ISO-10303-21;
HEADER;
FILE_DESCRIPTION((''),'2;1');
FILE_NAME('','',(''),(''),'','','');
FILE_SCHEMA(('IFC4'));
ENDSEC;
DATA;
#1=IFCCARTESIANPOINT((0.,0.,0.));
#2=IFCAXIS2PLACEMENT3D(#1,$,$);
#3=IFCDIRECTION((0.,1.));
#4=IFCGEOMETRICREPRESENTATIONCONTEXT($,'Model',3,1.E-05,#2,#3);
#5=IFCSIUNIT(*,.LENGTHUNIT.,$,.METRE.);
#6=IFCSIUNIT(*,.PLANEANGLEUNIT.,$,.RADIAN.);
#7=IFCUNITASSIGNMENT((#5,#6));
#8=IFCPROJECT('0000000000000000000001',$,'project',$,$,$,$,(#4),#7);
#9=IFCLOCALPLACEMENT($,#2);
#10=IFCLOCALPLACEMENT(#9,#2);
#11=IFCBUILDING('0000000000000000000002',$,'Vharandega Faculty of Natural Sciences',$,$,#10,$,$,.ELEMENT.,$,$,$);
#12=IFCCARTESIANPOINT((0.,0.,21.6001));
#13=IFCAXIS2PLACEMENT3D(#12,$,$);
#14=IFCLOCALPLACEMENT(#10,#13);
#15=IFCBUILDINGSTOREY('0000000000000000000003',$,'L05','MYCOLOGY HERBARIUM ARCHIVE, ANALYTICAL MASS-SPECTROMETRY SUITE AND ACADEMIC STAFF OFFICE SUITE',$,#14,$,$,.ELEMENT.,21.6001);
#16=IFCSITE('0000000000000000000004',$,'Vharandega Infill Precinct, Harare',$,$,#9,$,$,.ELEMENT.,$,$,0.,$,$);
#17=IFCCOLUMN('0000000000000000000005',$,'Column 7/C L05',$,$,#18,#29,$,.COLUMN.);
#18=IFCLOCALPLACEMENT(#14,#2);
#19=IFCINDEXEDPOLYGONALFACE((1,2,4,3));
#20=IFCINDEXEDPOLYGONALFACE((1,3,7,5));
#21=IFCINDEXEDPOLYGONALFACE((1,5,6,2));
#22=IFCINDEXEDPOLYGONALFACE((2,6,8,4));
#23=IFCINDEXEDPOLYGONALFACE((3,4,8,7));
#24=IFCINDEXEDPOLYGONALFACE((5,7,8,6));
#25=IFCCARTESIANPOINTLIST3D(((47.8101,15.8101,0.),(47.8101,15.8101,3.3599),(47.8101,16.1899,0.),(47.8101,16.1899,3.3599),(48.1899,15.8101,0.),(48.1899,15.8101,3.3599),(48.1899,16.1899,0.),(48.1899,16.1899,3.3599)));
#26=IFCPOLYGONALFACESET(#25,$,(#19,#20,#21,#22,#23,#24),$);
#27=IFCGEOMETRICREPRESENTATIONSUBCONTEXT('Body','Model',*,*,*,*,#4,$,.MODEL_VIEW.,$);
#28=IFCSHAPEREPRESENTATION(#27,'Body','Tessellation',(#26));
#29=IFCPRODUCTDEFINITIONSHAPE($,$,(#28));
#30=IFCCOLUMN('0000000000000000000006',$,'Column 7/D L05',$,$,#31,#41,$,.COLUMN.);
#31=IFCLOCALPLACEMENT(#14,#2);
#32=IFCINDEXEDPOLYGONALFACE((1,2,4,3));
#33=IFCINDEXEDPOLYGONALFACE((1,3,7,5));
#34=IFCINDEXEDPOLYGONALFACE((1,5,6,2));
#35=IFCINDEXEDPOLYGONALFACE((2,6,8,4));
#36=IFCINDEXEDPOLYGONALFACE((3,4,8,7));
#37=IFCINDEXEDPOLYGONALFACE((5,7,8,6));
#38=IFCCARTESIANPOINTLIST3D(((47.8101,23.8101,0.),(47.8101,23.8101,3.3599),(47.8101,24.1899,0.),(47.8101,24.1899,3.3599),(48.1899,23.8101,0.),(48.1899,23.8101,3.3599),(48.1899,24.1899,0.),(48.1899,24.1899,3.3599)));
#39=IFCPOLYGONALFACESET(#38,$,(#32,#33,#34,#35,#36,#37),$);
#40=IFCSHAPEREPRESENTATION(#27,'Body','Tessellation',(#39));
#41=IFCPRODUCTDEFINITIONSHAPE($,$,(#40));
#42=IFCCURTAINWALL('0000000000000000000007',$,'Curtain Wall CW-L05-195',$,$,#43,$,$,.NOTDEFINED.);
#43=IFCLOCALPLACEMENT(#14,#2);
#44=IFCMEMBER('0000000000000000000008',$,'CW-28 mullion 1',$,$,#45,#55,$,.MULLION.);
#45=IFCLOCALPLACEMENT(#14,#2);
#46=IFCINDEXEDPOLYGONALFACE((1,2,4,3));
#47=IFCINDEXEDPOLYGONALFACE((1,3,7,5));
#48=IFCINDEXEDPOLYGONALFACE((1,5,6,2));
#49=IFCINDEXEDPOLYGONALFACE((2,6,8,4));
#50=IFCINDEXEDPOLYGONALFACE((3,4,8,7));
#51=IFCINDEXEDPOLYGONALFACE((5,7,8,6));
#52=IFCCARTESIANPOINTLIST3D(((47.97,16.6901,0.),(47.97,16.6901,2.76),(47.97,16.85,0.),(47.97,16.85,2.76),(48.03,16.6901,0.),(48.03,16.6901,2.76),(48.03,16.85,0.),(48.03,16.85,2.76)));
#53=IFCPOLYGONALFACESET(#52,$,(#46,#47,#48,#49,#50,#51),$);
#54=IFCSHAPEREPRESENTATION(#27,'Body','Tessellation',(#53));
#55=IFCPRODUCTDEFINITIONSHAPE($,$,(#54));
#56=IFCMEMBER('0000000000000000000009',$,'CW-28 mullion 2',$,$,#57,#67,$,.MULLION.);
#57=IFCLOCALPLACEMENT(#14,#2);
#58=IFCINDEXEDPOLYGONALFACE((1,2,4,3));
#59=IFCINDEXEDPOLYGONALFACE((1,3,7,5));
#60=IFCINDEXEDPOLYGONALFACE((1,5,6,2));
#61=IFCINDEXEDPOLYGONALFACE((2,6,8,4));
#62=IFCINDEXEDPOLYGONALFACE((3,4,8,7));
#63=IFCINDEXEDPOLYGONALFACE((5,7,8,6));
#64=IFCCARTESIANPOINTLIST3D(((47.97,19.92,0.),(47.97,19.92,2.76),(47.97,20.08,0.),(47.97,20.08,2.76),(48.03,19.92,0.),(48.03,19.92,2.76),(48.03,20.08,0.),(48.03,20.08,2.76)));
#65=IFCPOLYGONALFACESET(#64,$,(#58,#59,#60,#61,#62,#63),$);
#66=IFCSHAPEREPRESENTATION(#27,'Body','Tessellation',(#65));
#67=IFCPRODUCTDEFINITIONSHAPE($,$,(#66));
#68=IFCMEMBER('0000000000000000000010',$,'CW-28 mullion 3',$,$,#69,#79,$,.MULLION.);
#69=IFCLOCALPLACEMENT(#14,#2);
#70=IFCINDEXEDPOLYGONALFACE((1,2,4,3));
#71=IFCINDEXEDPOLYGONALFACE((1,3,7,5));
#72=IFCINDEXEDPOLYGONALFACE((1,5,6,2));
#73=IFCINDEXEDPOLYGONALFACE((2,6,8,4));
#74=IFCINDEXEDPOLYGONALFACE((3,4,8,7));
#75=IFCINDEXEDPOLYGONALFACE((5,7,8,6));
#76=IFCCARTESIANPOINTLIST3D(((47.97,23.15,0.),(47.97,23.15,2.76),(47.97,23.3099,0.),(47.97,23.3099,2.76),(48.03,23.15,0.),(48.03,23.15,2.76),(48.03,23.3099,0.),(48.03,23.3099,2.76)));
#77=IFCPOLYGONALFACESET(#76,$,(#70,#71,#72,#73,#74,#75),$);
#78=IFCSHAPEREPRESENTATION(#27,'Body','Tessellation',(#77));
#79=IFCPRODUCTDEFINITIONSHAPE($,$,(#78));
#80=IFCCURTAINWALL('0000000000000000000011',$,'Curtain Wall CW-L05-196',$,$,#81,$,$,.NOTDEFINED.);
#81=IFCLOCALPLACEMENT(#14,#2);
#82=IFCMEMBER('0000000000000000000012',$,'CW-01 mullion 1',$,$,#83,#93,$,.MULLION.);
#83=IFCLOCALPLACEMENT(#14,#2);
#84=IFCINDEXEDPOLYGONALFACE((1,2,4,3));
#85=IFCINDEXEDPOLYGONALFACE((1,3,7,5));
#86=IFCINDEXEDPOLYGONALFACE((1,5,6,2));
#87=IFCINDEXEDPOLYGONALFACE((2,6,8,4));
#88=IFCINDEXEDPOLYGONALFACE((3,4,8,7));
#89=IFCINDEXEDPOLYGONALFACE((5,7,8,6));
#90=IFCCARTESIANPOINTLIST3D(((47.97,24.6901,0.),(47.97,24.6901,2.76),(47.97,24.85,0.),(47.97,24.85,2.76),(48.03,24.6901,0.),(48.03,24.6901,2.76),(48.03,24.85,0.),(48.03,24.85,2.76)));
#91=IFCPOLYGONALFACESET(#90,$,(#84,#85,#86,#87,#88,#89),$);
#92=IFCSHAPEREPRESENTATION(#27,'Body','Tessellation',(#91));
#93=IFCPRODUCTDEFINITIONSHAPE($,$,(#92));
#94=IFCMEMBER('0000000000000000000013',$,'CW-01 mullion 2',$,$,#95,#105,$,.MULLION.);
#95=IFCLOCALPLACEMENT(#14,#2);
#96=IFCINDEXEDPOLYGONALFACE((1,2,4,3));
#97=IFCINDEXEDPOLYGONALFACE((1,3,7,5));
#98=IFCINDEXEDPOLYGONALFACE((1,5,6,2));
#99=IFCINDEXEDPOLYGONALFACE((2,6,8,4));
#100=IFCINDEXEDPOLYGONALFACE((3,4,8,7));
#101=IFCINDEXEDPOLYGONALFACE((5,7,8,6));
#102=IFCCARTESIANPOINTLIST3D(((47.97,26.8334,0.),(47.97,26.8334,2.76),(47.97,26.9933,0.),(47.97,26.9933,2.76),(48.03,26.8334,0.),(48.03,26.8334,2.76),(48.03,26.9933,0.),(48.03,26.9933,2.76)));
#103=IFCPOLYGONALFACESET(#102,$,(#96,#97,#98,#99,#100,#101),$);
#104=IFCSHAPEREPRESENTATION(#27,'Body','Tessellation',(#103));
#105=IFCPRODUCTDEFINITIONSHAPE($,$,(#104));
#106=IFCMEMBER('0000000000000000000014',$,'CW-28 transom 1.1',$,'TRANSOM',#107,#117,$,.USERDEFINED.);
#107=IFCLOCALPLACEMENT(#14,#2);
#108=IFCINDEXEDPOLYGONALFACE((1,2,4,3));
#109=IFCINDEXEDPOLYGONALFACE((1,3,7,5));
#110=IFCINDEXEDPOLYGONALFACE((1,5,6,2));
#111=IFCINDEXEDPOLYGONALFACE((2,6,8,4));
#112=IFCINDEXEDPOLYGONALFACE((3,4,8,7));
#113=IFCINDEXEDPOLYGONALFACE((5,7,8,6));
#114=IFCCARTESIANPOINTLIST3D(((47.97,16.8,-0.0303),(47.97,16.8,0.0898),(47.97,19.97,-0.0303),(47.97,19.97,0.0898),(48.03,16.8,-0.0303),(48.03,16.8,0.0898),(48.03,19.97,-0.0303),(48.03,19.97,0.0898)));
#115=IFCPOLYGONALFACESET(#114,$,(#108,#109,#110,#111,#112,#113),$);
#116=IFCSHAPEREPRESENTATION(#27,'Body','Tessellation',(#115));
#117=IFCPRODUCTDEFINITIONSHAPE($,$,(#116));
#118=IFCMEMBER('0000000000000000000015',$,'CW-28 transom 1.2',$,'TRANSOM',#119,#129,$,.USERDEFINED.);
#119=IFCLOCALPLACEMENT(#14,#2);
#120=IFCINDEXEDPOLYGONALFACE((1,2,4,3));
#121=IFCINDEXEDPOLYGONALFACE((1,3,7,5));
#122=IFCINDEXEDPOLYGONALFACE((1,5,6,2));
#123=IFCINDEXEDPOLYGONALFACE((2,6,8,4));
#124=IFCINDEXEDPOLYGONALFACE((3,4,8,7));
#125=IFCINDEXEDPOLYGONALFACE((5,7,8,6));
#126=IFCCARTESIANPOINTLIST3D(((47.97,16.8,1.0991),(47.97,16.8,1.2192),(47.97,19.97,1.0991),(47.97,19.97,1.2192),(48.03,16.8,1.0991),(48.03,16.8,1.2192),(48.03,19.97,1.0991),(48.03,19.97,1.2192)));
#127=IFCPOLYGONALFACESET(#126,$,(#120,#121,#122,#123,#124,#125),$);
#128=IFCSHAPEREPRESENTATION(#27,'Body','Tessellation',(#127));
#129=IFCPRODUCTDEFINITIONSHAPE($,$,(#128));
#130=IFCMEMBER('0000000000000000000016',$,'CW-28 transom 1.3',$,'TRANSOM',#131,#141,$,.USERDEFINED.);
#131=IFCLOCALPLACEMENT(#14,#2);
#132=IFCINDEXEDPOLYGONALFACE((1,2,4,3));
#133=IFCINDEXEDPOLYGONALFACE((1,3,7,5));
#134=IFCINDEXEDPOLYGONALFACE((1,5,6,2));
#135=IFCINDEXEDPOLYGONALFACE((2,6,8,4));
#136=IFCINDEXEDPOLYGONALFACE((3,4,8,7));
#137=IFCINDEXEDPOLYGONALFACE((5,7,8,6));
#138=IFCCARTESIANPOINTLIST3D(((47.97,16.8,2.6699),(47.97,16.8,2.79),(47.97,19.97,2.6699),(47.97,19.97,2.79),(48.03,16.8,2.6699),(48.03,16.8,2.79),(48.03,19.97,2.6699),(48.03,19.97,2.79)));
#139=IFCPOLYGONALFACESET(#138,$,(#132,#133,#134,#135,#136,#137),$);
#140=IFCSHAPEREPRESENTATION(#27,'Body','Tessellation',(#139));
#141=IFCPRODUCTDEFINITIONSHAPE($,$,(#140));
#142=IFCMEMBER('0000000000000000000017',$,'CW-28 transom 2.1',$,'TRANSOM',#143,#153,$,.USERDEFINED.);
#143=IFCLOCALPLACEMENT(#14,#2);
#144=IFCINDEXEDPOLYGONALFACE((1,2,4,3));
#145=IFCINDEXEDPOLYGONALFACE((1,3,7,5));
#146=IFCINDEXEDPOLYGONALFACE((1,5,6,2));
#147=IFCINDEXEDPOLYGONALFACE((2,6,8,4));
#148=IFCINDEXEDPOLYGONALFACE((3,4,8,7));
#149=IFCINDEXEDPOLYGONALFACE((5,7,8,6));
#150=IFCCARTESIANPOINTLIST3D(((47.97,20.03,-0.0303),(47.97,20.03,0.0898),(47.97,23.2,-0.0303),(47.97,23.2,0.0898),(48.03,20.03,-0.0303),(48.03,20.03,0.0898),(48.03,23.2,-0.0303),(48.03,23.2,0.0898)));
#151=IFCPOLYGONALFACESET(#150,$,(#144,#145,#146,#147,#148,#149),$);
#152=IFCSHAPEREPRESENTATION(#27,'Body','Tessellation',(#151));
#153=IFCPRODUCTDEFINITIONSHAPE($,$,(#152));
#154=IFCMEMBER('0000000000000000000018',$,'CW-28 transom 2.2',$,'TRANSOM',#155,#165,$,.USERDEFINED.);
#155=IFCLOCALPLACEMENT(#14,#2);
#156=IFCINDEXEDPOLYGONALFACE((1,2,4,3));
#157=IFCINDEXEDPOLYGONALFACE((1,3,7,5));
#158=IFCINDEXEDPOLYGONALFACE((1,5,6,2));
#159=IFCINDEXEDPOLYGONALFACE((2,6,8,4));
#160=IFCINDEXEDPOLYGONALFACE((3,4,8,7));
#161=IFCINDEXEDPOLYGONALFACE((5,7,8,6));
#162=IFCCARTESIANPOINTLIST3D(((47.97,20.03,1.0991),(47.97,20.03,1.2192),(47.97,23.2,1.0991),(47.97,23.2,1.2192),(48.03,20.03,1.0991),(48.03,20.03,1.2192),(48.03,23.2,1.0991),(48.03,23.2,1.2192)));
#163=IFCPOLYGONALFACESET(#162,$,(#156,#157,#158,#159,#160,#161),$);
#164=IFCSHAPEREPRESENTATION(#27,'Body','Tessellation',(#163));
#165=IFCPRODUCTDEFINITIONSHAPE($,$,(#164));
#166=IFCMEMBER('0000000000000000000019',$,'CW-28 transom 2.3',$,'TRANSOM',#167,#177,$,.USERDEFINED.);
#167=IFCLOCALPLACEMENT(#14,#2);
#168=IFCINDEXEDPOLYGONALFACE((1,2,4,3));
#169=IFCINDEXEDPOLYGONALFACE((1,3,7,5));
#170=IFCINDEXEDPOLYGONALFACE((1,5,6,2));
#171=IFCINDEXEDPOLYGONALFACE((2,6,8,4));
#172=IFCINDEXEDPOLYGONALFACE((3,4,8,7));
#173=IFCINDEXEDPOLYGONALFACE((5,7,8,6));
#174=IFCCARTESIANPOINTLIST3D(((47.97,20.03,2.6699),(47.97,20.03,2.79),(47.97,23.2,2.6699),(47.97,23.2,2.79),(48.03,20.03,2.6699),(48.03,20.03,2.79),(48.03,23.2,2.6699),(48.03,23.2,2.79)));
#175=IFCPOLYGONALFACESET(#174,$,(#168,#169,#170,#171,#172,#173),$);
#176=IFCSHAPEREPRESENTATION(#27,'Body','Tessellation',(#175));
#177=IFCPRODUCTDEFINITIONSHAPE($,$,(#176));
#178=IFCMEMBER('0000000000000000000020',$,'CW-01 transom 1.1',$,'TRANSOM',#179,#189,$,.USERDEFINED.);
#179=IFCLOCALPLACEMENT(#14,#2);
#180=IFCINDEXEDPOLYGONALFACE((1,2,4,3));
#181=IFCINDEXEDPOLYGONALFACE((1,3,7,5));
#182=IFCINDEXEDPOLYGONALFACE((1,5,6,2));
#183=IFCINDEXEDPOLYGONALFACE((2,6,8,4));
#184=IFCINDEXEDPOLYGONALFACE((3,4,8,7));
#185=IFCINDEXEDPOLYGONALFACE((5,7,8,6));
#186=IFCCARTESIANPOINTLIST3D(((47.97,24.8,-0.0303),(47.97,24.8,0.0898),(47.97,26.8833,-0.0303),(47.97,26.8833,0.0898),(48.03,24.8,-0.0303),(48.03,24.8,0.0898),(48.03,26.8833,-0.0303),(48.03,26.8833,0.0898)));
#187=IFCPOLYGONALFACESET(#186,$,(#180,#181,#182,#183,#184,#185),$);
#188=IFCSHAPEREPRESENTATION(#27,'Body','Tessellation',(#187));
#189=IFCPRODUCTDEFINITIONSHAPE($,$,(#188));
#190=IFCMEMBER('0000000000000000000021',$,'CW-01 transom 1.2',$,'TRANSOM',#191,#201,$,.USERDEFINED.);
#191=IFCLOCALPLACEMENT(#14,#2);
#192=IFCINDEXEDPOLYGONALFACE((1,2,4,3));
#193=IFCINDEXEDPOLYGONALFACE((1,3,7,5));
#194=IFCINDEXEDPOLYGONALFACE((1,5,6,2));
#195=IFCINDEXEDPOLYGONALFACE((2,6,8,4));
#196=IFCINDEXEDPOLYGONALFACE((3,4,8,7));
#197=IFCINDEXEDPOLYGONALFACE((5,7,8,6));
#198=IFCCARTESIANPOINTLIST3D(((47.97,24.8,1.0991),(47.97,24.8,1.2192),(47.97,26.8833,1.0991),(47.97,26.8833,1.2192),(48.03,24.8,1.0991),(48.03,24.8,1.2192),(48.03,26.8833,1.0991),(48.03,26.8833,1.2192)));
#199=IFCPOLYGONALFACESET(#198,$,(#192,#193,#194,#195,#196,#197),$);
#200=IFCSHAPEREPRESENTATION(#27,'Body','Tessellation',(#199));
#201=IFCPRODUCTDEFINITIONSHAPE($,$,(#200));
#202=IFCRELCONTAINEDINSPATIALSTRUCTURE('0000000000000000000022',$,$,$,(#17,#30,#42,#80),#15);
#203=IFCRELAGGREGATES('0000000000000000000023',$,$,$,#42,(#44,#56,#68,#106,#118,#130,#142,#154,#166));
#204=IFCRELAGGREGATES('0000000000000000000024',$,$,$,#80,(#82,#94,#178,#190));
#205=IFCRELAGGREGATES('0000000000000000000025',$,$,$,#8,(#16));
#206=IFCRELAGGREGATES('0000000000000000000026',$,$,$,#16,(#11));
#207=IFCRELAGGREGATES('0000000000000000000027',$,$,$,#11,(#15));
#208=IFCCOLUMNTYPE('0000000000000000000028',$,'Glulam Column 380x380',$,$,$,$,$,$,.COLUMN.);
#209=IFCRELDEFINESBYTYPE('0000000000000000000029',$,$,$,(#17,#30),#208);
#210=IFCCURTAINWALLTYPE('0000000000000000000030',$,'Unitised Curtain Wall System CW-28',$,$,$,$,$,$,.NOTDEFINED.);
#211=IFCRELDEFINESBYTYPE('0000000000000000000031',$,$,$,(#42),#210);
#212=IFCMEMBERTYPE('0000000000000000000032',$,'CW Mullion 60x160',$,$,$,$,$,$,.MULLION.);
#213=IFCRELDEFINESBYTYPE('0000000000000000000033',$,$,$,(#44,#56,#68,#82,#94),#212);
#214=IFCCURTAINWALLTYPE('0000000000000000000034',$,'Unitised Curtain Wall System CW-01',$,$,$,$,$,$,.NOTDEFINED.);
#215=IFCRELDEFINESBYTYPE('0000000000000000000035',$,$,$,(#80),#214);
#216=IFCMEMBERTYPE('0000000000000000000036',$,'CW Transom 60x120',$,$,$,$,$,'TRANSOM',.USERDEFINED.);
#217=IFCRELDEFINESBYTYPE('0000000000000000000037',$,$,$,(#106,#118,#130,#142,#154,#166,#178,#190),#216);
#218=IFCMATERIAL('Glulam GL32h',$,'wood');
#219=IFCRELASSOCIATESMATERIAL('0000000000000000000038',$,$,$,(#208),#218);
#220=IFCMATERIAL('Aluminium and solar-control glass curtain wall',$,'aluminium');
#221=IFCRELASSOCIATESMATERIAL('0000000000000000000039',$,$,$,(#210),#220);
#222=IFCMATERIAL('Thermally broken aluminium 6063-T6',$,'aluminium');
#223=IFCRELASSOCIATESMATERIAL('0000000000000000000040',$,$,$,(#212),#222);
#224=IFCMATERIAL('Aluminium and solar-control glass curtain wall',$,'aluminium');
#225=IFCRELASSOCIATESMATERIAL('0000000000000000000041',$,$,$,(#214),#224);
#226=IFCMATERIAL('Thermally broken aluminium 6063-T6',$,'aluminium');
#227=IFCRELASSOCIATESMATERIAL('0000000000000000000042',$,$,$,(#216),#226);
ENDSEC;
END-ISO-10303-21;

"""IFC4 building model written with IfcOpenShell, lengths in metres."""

from ifc_helpers import new_model, si_unit, direction, frame, origin, origin_2d, place, context, subcontext, project, spatial, rectangle, extrude, material, material_profile, profile_set, type_object, element, aggregate, save


model = new_model("IFC4")

# Units and contexts
model_context = context("Model", 3, precision=1e-05, world=origin(), true_north=direction((0.0, 1.0)))
body_context = subcontext(model_context, "Body", "Model", "MODEL_VIEW")
ifc_project = project(units=[si_unit("LENGTHUNIT", "METRE"), si_unit("PLANEANGLEUNIT", "RADIAN")], contexts=[model_context])

# Site, building, storey
site_placement = place(None, origin())
site = spatial("IfcSite", under=ifc_project, at=site_placement, Name="Vharandega Infill Precinct, Harare", CompositionType="ELEMENT", RefElevation=0.0)
building_placement = place(site_placement, origin())
building = spatial("IfcBuilding", under=site, at=building_placement, Name="Vharandega Faculty of Natural Sciences", CompositionType="ELEMENT")
storey_placement = place(building_placement, frame((0.0, 0.0, 21.6001)))
storey = spatial("IfcBuildingStorey", under=building, at=storey_placement, Name="L05", Description="MYCOLOGY HERBARIUM ARCHIVE, ANALYTICAL MASS-SPECTROMETRY SUITE AND ACADEMIC STAFF OFFICE SUITE", CompositionType="ELEMENT", Elevation=21.6001)

# Columns
ifc_material_1 = material(Name="Glulam GL32h", Category="wood")
ifc_material_profile_1 = material_profile(ifc_material_1, rectangle(XDim=0.3799, YDim=0.3799, at=origin_2d()), Name="GL32h 380x380")
ifc_profile_set_1 = profile_set([ifc_material_profile_1], Name="Glulam GL32h")
column_type = type_object("IfcColumnType", Name="Glulam Column 380x380", PredefinedType="COLUMN", material=ifc_profile_set_1)
for number, where, z_axis, x_axis, name in (
    (1, (48.0, 16.0, 0.0), (0.0, 0.0, 1.0), (1.0, 0.0, 0.0), "Column 7/C L05"),
    (2, (48.0, 24.0, 0.0), (0.0, 0.0, 1.0), (1.0, 0.0, 0.0), "Column 7/D L05"),
):
    element("IfcColumn", number, at=place(storey_placement, frame(where, z_axis=z_axis, x_axis=x_axis)), inside=storey, type_object=column_type, Name=name, PredefinedType="COLUMN", context=body_context, shape_type="SweptSolid", body=[
        extrude(rectangle(XDim=0.3799, YDim=0.3799, at=origin_2d()), origin(), (0.0, 0.0, 1.0), 3.3599),
    ])

# Curtain walls, members
ifc_material_2 = material(Name="Aluminium and solar-control glass curtain wall", Category="aluminium")
curtain_wall_type_1 = type_object("IfcCurtainWallType", Name="Unitised Curtain Wall System CW-28", PredefinedType="NOTDEFINED", material=ifc_material_2)
curtain_wall_1_placement = place(storey_placement, origin())
curtain_wall_1 = element("IfcCurtainWall", 3, at=curtain_wall_1_placement, inside=storey, type_object=curtain_wall_type_1, Name="Curtain Wall CW-L05-195", PredefinedType="NOTDEFINED")
ifc_material_3 = material(Name="Thermally broken aluminium 6063-T6", Category="aluminium")
ifc_material_profile_2 = material_profile(ifc_material_3, rectangle(XDim=0.0601, YDim=0.1599, at=origin_2d()), Name="ALU 60x160")
ifc_profile_set_2 = profile_set([ifc_material_profile_2], Name="Thermally broken aluminium 6063-T6")
member_type_1 = type_object("IfcMemberType", Name="CW Mullion 60x160", PredefinedType="MULLION", material=ifc_profile_set_2)
member_1_placement = place(storey_placement, frame((48.0, 16.77, 0.0), z_axis=(0.0, 0.0, 1.0), x_axis=(-1.0, 0.0, 0.0)))
member_1 = element("IfcMember", 4, at=member_1_placement, type_object=member_type_1, Name="CW-28 mullion 1", PredefinedType="MULLION", context=body_context, shape_type="SweptSolid", body=[
    extrude(rectangle(XDim=0.0601, YDim=0.1599, at=origin_2d()), origin(), (0.0, 0.0, 1.0), 2.76),
])
member_2_placement = place(storey_placement, frame((48.0, 20.0, 0.0), z_axis=(0.0, 0.0, 1.0), x_axis=(-1.0, 0.0, 0.0)))
member_2 = element("IfcMember", 5, at=member_2_placement, type_object=member_type_1, Name="CW-28 mullion 2", PredefinedType="MULLION", context=body_context, shape_type="SweptSolid", body=[
    extrude(rectangle(XDim=0.0601, YDim=0.1599, at=origin_2d()), origin(), (0.0, 0.0, 1.0), 2.76),
])
member_3_placement = place(storey_placement, frame((48.0, 23.23, 0.0), z_axis=(0.0, 0.0, 1.0), x_axis=(-1.0, 0.0, 0.0)))
member_3 = element("IfcMember", 6, at=member_3_placement, type_object=member_type_1, Name="CW-28 mullion 3", PredefinedType="MULLION", context=body_context, shape_type="SweptSolid", body=[
    extrude(rectangle(XDim=0.0601, YDim=0.1599, at=origin_2d()), origin(), (0.0, 0.0, 1.0), 2.76),
])
ifc_material_4 = material(Name="Aluminium and solar-control glass curtain wall", Category="aluminium")
curtain_wall_type_2 = type_object("IfcCurtainWallType", Name="Unitised Curtain Wall System CW-01", PredefinedType="NOTDEFINED", material=ifc_material_4)
curtain_wall_2_placement = place(storey_placement, origin())
curtain_wall_2 = element("IfcCurtainWall", 7, at=curtain_wall_2_placement, inside=storey, type_object=curtain_wall_type_2, Name="Curtain Wall CW-L05-196", PredefinedType="NOTDEFINED")
member_4_placement = place(storey_placement, frame((48.0, 24.77, 0.0), z_axis=(0.0, 0.0, 1.0), x_axis=(-1.0, 0.0, 0.0)))
member_4 = element("IfcMember", 8, at=member_4_placement, type_object=member_type_1, Name="CW-01 mullion 1", PredefinedType="MULLION", context=body_context, shape_type="SweptSolid", body=[
    extrude(rectangle(XDim=0.0601, YDim=0.1599, at=origin_2d()), origin(), (0.0, 0.0, 1.0), 2.76),
])
member_5_placement = place(storey_placement, frame((48.0, 26.9133, 0.0), z_axis=(0.0, 0.0, 1.0), x_axis=(-1.0, 0.0, 0.0)))
member_5 = element("IfcMember", 9, at=member_5_placement, type_object=member_type_1, Name="CW-01 mullion 2", PredefinedType="MULLION", context=body_context, shape_type="SweptSolid", body=[
    extrude(rectangle(XDim=0.0601, YDim=0.1599, at=origin_2d()), origin(), (0.0, 0.0, 1.0), 2.76),
])

# Members
ifc_material_5 = material(Name="Thermally broken aluminium 6063-T6", Category="aluminium")
ifc_material_profile_3 = material_profile(ifc_material_5, rectangle(XDim=0.0601, YDim=0.1201, at=origin_2d()), Name="ALU 60x120")
ifc_profile_set_3 = profile_set([ifc_material_profile_3], Name="Thermally broken aluminium 6063-T6")
member_type_2 = type_object("IfcMemberType", Name="CW Transom 60x120", ElementType="TRANSOM", PredefinedType="USERDEFINED", material=ifc_profile_set_3)
member_6_placement = place(storey_placement, frame((48.0, 16.8, 0.0298), z_axis=(0.0, 1.0, 0.0), x_axis=(-1.0, 0.0, 0.0)))
member_6 = element("IfcMember", 10, at=member_6_placement, type_object=member_type_2, Name="CW-28 transom 1.1", ObjectType="TRANSOM", PredefinedType="USERDEFINED", context=body_context, shape_type="SweptSolid", body=[
    extrude(rectangle(XDim=0.0601, YDim=0.1201, at=origin_2d()), origin(), (0.0, 0.0, 1.0), 3.1699),
])
member_7_placement = place(storey_placement, frame((48.0, 16.8, 1.1592), z_axis=(0.0, 1.0, 0.0), x_axis=(-1.0, 0.0, 0.0)))
member_7 = element("IfcMember", 11, at=member_7_placement, type_object=member_type_2, Name="CW-28 transom 1.2", ObjectType="TRANSOM", PredefinedType="USERDEFINED", context=body_context, shape_type="SweptSolid", body=[
    extrude(rectangle(XDim=0.0601, YDim=0.1201, at=origin_2d()), origin(), (0.0, 0.0, 1.0), 3.1699),
])
member_8_placement = place(storey_placement, frame((48.0, 16.8, 2.73), z_axis=(0.0, 1.0, 0.0), x_axis=(-1.0, 0.0, 0.0)))
member_8 = element("IfcMember", 12, at=member_8_placement, type_object=member_type_2, Name="CW-28 transom 1.3", ObjectType="TRANSOM", PredefinedType="USERDEFINED", context=body_context, shape_type="SweptSolid", body=[
    extrude(rectangle(XDim=0.0601, YDim=0.1201, at=origin_2d()), origin(), (0.0, 0.0, 1.0), 3.1699),
])
member_9_placement = place(storey_placement, frame((48.0, 20.03, 0.0298), z_axis=(0.0, 1.0, 0.0), x_axis=(-1.0, 0.0, 0.0)))
member_9 = element("IfcMember", 13, at=member_9_placement, type_object=member_type_2, Name="CW-28 transom 2.1", ObjectType="TRANSOM", PredefinedType="USERDEFINED", context=body_context, shape_type="SweptSolid", body=[
    extrude(rectangle(XDim=0.0601, YDim=0.1201, at=origin_2d()), origin(), (0.0, 0.0, 1.0), 3.1699),
])
member_10_placement = place(storey_placement, frame((48.0, 20.03, 1.1592), z_axis=(0.0, 1.0, 0.0), x_axis=(-1.0, 0.0, 0.0)))
member_10 = element("IfcMember", 14, at=member_10_placement, type_object=member_type_2, Name="CW-28 transom 2.2", ObjectType="TRANSOM", PredefinedType="USERDEFINED", context=body_context, shape_type="SweptSolid", body=[
    extrude(rectangle(XDim=0.0601, YDim=0.1201, at=origin_2d()), origin(), (0.0, 0.0, 1.0), 3.1699),
])
member_11_placement = place(storey_placement, frame((48.0, 20.03, 2.73), z_axis=(0.0, 1.0, 0.0), x_axis=(-1.0, 0.0, 0.0)))
member_11 = element("IfcMember", 15, at=member_11_placement, type_object=member_type_2, Name="CW-28 transom 2.3", ObjectType="TRANSOM", PredefinedType="USERDEFINED", context=body_context, shape_type="SweptSolid", body=[
    extrude(rectangle(XDim=0.0601, YDim=0.1201, at=origin_2d()), origin(), (0.0, 0.0, 1.0), 3.1699),
])
member_12_placement = place(storey_placement, frame((48.0, 24.8, 0.0298), z_axis=(0.0, 1.0, 0.0), x_axis=(-1.0, 0.0, 0.0)))
member_12 = element("IfcMember", 16, at=member_12_placement, type_object=member_type_2, Name="CW-01 transom 1.1", ObjectType="TRANSOM", PredefinedType="USERDEFINED", context=body_context, shape_type="SweptSolid", body=[
    extrude(rectangle(XDim=0.0601, YDim=0.1201, at=origin_2d()), origin(), (0.0, 0.0, 1.0), 2.0833),
])
member_13_placement = place(storey_placement, frame((48.0, 24.8, 1.1592), z_axis=(0.0, 1.0, 0.0), x_axis=(-1.0, 0.0, 0.0)))
member_13 = element("IfcMember", 17, at=member_13_placement, type_object=member_type_2, Name="CW-01 transom 1.2", ObjectType="TRANSOM", PredefinedType="USERDEFINED", context=body_context, shape_type="SweptSolid", body=[
    extrude(rectangle(XDim=0.0601, YDim=0.1201, at=origin_2d()), origin(), (0.0, 0.0, 1.0), 2.0833),
])

aggregate(curtain_wall_1, [member_1, member_2, member_3, member_6, member_7, member_8, member_9, member_10, member_11])
aggregate(curtain_wall_2, [member_4, member_5, member_12, member_13])

save(model, "model.ifc")
